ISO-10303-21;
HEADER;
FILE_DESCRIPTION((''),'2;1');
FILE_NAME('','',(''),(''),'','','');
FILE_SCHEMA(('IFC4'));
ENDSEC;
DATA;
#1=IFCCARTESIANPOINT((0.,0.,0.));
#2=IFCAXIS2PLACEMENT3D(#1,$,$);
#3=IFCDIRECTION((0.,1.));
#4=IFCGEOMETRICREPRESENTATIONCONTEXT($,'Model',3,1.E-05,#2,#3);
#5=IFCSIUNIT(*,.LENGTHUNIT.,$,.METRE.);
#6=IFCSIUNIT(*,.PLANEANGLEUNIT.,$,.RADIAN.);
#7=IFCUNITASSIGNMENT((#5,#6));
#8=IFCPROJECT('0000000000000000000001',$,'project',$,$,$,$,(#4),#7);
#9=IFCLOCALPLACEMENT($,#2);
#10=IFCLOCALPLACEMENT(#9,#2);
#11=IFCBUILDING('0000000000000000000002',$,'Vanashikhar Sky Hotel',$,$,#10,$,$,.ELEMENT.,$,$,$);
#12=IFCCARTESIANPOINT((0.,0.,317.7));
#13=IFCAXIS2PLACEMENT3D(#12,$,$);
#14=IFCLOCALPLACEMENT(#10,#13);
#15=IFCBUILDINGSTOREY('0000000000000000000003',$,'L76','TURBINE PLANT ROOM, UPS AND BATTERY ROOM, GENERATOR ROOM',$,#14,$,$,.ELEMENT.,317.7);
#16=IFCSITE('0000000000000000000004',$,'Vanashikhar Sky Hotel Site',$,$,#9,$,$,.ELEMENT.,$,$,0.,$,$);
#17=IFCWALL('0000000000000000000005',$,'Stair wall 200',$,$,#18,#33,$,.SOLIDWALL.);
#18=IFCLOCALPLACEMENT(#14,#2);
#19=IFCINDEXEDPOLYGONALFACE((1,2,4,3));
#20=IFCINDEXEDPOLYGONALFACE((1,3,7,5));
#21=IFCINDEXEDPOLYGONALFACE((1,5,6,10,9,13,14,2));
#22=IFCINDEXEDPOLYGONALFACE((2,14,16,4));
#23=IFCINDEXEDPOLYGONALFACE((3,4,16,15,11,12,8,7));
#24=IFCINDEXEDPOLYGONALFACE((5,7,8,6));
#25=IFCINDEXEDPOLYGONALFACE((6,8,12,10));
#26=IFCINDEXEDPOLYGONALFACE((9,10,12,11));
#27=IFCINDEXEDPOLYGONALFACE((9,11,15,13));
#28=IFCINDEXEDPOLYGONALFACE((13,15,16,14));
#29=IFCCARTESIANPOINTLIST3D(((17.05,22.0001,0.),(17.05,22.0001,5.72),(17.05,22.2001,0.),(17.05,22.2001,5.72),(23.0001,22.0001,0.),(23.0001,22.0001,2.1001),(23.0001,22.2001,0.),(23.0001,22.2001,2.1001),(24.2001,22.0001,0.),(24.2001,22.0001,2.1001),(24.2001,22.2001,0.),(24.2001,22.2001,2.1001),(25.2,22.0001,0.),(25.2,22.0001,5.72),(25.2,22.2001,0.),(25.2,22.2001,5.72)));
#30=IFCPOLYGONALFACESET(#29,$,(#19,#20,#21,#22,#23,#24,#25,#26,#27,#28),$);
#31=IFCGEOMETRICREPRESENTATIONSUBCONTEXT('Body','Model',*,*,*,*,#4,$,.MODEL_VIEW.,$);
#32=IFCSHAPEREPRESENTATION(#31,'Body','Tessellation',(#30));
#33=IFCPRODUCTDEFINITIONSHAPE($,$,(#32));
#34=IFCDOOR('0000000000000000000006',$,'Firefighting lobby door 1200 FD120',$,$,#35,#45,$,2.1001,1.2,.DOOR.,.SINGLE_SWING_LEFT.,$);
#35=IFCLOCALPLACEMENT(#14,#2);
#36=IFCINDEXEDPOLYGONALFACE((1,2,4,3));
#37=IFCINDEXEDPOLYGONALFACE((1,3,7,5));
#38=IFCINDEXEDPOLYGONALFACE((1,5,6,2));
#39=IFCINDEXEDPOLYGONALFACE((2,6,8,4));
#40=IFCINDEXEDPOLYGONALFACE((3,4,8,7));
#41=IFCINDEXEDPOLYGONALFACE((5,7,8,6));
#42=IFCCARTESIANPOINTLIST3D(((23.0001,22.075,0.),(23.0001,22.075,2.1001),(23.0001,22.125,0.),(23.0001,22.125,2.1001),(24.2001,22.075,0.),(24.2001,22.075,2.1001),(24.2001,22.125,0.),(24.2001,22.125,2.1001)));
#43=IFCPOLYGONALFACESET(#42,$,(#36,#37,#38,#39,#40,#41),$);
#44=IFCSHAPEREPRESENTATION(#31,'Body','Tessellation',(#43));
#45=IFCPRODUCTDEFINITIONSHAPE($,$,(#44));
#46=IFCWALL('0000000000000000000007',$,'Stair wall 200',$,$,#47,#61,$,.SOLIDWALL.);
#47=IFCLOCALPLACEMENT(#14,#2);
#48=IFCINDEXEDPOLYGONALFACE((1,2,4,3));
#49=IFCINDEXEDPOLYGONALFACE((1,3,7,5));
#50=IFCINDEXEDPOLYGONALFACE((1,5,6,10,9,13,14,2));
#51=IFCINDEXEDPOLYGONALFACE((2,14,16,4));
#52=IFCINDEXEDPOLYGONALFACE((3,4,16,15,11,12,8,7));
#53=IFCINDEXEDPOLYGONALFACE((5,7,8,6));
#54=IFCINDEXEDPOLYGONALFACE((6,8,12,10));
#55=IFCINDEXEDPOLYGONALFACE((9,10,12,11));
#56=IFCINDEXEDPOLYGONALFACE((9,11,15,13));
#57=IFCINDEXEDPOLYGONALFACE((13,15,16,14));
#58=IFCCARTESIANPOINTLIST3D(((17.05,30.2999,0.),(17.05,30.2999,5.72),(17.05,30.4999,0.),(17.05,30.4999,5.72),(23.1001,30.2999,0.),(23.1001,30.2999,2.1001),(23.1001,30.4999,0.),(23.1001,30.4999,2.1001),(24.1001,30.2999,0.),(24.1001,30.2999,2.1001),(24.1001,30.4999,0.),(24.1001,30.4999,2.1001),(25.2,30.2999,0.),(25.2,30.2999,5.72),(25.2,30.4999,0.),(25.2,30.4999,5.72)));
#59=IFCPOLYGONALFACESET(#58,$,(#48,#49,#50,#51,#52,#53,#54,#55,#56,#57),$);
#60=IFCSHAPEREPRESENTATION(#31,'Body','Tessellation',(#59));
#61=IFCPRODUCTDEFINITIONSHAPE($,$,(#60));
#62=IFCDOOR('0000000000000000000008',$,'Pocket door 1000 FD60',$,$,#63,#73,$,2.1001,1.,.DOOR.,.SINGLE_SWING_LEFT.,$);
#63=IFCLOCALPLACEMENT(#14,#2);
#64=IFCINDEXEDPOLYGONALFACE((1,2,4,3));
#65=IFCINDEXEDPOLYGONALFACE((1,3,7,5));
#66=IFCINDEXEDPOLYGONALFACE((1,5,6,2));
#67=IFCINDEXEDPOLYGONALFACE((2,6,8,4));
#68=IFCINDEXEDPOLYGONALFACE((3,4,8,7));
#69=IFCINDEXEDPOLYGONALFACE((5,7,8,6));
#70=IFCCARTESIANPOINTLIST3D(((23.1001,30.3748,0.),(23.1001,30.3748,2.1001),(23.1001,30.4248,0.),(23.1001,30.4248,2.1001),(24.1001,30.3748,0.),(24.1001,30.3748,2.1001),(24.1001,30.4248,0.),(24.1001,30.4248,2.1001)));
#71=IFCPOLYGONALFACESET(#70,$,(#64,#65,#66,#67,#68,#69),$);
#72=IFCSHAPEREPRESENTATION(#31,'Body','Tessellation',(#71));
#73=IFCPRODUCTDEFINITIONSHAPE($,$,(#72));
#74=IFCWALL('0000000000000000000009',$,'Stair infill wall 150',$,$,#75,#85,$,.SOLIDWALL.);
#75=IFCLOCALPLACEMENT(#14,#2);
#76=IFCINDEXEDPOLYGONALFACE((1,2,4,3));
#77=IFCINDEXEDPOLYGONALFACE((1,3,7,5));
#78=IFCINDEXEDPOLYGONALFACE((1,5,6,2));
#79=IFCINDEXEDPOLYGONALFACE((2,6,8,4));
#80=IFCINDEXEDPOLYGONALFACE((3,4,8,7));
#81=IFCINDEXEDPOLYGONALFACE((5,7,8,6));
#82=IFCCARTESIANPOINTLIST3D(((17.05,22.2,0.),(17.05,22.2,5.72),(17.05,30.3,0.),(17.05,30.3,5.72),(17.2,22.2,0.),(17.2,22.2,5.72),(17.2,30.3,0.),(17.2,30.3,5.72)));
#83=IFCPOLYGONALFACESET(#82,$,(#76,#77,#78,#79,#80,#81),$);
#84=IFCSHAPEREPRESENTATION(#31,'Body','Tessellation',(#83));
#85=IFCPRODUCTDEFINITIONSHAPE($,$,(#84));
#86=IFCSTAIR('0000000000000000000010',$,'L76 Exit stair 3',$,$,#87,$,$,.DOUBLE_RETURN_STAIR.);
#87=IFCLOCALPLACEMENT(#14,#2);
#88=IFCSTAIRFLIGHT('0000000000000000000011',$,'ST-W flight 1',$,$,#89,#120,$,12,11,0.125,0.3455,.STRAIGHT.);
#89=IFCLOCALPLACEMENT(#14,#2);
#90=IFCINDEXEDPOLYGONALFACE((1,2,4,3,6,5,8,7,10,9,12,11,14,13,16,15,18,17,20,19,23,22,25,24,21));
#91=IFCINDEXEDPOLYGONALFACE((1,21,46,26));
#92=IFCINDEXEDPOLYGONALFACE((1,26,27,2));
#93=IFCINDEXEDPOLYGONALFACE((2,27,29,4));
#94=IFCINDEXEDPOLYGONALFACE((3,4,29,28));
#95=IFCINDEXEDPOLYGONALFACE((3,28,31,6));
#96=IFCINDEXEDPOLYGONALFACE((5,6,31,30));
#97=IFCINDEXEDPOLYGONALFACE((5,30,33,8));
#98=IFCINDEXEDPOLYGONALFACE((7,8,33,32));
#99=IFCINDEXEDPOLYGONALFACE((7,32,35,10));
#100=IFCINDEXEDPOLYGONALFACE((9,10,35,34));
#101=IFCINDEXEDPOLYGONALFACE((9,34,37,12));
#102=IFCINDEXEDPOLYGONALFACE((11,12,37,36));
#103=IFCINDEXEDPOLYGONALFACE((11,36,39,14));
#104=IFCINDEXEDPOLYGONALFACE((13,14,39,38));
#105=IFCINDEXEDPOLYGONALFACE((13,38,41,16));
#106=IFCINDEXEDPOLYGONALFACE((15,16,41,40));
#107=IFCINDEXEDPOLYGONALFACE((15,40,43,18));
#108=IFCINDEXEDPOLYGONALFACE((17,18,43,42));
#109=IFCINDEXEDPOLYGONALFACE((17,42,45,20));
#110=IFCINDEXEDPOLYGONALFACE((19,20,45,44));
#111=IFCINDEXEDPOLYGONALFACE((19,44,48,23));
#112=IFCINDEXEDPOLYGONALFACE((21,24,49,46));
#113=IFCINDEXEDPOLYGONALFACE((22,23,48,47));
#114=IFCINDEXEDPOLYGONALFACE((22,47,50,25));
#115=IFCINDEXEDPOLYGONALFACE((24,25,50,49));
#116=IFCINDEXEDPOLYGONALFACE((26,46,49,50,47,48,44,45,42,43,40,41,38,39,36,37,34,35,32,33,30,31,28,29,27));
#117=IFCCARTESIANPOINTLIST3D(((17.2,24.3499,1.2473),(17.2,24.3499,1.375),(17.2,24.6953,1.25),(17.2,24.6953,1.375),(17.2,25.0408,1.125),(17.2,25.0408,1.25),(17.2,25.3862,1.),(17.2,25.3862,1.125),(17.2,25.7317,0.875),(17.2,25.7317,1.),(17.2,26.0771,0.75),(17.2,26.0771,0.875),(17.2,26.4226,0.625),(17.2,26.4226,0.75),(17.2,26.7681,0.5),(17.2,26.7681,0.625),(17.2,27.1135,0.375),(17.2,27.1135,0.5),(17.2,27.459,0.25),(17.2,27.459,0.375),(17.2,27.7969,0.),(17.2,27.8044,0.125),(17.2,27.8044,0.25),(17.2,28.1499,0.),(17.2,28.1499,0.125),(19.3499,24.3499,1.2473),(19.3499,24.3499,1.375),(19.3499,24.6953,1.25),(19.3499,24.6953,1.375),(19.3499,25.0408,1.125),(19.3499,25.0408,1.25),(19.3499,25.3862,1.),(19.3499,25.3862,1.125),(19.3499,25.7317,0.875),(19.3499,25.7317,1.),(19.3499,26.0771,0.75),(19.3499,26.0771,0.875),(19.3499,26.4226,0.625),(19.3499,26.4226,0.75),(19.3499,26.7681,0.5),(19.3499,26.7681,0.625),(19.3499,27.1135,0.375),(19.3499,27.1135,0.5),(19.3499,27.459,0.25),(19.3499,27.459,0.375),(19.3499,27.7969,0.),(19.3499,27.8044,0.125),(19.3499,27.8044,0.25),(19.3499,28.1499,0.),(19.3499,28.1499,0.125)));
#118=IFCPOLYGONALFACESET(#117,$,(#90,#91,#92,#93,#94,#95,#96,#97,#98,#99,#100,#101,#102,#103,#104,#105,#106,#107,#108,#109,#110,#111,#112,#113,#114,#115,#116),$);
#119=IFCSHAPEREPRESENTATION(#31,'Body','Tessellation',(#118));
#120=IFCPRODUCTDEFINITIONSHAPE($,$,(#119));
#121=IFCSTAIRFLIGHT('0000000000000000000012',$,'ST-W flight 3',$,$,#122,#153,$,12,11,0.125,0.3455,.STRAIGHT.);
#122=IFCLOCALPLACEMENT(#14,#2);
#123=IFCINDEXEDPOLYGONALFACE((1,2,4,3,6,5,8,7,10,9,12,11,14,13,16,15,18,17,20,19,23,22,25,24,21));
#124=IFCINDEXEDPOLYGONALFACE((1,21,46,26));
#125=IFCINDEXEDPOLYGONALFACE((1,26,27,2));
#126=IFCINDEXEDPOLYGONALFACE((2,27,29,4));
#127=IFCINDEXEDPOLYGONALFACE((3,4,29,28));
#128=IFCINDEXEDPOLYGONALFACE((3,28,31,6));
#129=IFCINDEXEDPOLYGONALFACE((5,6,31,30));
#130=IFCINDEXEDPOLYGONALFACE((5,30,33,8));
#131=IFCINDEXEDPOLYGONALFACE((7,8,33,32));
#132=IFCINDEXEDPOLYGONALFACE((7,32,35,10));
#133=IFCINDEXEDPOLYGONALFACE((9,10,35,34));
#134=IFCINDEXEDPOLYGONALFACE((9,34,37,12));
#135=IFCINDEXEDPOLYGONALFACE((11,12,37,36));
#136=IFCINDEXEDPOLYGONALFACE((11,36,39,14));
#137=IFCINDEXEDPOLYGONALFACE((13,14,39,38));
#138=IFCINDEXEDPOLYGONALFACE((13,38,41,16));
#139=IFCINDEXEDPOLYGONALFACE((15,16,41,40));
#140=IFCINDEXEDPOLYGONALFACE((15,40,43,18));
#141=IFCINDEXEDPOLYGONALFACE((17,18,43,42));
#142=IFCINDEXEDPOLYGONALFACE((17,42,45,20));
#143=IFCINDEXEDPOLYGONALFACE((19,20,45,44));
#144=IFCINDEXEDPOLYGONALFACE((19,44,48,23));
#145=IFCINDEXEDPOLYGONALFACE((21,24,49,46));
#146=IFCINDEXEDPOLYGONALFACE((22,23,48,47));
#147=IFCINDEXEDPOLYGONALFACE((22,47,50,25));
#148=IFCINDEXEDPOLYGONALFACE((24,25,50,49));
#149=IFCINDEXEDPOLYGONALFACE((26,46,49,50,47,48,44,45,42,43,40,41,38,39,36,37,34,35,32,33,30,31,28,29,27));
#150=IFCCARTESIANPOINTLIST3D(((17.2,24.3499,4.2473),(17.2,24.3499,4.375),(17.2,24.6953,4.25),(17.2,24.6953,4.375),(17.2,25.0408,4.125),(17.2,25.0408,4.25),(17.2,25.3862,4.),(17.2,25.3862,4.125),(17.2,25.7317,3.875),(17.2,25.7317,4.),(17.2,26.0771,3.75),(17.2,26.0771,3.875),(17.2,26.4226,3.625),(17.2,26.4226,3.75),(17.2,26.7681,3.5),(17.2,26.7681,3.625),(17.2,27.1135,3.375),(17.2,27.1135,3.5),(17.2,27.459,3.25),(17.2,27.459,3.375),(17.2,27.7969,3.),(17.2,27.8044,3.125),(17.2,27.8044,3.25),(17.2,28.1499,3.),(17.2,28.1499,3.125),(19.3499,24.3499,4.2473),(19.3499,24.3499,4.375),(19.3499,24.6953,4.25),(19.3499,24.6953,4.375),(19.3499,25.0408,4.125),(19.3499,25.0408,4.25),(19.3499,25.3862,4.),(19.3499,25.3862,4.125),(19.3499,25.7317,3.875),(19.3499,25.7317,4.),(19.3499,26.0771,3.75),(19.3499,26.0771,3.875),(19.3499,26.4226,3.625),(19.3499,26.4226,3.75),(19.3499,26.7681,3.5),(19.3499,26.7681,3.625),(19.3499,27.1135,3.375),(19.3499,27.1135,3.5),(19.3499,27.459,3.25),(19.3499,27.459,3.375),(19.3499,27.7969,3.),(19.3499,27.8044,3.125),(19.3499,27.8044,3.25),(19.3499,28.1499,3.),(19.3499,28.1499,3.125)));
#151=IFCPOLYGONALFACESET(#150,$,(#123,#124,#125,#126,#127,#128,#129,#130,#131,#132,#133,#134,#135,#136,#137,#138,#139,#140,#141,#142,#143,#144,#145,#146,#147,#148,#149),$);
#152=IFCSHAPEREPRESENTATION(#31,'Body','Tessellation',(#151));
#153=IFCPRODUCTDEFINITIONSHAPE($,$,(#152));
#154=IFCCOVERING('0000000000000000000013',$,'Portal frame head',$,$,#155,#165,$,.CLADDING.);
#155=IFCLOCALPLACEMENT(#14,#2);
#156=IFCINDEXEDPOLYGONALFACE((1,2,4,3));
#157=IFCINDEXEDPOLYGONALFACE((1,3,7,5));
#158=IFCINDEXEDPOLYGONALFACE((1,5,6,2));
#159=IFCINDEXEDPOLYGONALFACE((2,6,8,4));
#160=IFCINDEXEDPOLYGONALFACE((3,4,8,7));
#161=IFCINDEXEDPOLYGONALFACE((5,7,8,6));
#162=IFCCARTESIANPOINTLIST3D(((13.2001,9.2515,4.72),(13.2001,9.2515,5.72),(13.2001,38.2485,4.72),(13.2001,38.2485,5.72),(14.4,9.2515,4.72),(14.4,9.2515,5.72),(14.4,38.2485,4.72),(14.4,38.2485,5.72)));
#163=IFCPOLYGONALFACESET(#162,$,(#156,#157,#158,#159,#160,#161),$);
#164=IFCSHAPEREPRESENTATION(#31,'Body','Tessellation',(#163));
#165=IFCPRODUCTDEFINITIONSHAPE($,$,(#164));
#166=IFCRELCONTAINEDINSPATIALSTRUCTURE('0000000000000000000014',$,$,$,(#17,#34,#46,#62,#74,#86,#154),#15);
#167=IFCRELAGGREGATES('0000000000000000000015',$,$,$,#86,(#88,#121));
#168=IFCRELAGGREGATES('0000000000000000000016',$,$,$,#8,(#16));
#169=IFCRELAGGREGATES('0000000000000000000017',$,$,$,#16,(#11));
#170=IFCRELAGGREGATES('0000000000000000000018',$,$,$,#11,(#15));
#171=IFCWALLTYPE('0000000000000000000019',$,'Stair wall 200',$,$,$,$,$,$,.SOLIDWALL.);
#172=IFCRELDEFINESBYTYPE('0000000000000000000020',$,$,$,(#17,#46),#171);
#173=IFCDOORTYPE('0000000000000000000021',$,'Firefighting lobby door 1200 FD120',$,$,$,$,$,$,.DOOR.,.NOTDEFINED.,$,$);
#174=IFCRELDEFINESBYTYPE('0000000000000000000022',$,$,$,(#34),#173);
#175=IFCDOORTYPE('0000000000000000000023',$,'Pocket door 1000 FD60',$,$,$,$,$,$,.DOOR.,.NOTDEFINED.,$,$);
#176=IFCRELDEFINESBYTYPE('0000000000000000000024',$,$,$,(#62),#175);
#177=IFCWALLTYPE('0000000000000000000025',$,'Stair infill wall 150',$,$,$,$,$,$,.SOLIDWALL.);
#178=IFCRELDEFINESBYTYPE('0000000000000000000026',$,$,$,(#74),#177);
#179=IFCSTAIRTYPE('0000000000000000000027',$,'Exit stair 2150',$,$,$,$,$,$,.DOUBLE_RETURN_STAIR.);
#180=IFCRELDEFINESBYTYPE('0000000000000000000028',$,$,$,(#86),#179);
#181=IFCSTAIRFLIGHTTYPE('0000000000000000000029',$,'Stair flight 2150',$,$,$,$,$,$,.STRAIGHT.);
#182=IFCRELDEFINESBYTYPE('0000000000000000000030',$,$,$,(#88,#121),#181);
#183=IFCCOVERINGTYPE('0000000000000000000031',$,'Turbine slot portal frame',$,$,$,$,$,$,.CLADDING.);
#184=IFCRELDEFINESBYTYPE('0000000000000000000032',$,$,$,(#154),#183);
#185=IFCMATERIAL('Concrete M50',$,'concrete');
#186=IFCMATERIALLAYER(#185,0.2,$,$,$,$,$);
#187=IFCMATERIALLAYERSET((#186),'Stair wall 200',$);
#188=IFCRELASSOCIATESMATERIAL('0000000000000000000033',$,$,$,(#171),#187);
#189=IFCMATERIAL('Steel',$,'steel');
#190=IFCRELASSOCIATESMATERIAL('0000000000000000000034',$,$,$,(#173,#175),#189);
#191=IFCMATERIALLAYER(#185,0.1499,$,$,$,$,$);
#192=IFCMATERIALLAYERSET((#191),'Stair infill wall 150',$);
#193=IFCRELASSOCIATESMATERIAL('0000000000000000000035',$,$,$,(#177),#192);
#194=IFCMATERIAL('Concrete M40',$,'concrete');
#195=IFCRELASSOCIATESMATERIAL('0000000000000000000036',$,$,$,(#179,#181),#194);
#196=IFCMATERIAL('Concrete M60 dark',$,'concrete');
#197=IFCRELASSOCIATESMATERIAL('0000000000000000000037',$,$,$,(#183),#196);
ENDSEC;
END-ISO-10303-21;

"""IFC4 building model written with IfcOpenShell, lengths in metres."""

from ifc_helpers import new_model, si_unit, direction, frame, frame_2d, origin, origin_2d, place, context, subcontext, project, spatial, polyline, rectangle, outline, extrude, source, transform, mapped, material, layer, layer_set, type_object, element, fill, aggregate, save


model = new_model("IFC4")

# Units and contexts
model_context = context("Model", 3, precision=1e-05, world=origin(), true_north=direction((0.0, 1.0)))
body_context = subcontext(model_context, "Body", "Model", "MODEL_VIEW")
ifc_project = project(units=[si_unit("LENGTHUNIT", "METRE"), si_unit("PLANEANGLEUNIT", "RADIAN")], contexts=[model_context])

# Site, building, storey
site_placement = place(None, origin())
site = spatial("IfcSite", under=ifc_project, at=site_placement, Name="Vanashikhar Sky Hotel Site", CompositionType="ELEMENT", RefElevation=0.0)
building_placement = place(site_placement, origin())
building = spatial("IfcBuilding", under=site, at=building_placement, Name="Vanashikhar Sky Hotel", CompositionType="ELEMENT")
storey_placement = place(building_placement, frame((0.0, 0.0, 317.7)))
storey = spatial("IfcBuildingStorey", under=building, at=storey_placement, Name="L76", Description="TURBINE PLANT ROOM, UPS AND BATTERY ROOM, GENERATOR ROOM", CompositionType="ELEMENT", Elevation=317.7)

# Walls, openings, doors
ifc_material_1 = material(Name="Concrete M50", Category="concrete")
ifc_layer_1 = layer(ifc_material_1, 0.2)
ifc_layer_set_1 = layer_set([ifc_layer_1], Name="Stair wall 200")
wall_type_1 = type_object("IfcWallType", Name="Stair wall 200", PredefinedType="SOLIDWALL", material=ifc_layer_set_1)
shared_shape_1 = source(origin(), body_context, "Body", "SweptSolid", [
    extrude(rectangle(XDim=8.1499, YDim=0.2, at=frame_2d((4.075, 0.0))), origin(), (0.0, 0.0, 1.0), 5.72),
])
wall_1_placement = place(storey_placement, frame((17.05, 22.1001, 0.0), z_axis=(0.0, 0.0, 1.0), x_axis=(1.0, 0.0, 0.0)))
wall_1 = element("IfcWall", 1, at=wall_1_placement, inside=storey, type_object=wall_type_1, Name="Stair wall 200", PredefinedType="SOLIDWALL", context=body_context, shape_type="MappedRepresentation", body=[
    mapped(shared_shape_1, transform((0.0, 0.0, 0.0), scale=1.0)),
])
shared_shape_2 = source(origin(), body_context, "Body", "SweptSolid", [
    extrude(rectangle(XDim=1.2, YDim=2.1001, at=frame_2d((0.6001, 1.05))), frame((0.0, 0.1099, 0.0), z_axis=(0.0, -1.0, 0.0), x_axis=(1.0, 0.0, 0.0)), (0.0, 0.0, 1.0), 0.22),
])
opening_1_placement = place(wall_1_placement, frame((5.95, 0.0, 0.0)))
opening_1 = element("IfcOpeningElement", 2, at=opening_1_placement, cuts=wall_1, PredefinedType="OPENING", context=body_context, shape_type="MappedRepresentation", body=[
    mapped(shared_shape_2, transform((0.0, 0.0, 0.0), scale=1.0)),
])
ifc_material_2 = material(Name="Steel", Category="steel")
door_type_1 = type_object("IfcDoorType", Name="Firefighting lobby door 1200 FD120", OperationType="NOTDEFINED", PredefinedType="DOOR", material=ifc_material_2)
shared_shape_3 = source(origin(), body_context, "Body", "SweptSolid", [
    extrude(rectangle(XDim=1.2, YDim=2.1001, at=frame_2d((0.6001, 1.05))), frame((0.0, 0.0249, 0.0), z_axis=(0.0, -1.0, 0.0), x_axis=(1.0, 0.0, 0.0)), (0.0, 0.0, 1.0), 0.05),
])
door_1_placement = place(opening_1_placement, origin())
door_1 = element("IfcDoor", 3, at=door_1_placement, inside=storey, type_object=door_type_1, Name="Firefighting lobby door 1200 FD120", OperationType="SINGLE_SWING_LEFT", OverallHeight=2.1001, OverallWidth=1.2, PredefinedType="DOOR", context=body_context, shape_type="MappedRepresentation", body=[
    mapped(shared_shape_3, transform((0.0, 0.0, 0.0), scale=1.0)),
])
fill(opening_1, door_1)
wall_2_placement = place(storey_placement, frame((17.05, 30.3999, 0.0), z_axis=(0.0, 0.0, 1.0), x_axis=(1.0, 0.0, 0.0)))
wall_2 = element("IfcWall", 4, at=wall_2_placement, inside=storey, type_object=wall_type_1, Name="Stair wall 200", PredefinedType="SOLIDWALL", context=body_context, shape_type="MappedRepresentation", body=[
    mapped(shared_shape_1, transform((0.0, 0.0, 0.0), scale=1.0)),
])
shared_shape_4 = source(origin(), body_context, "Body", "SweptSolid", [
    extrude(rectangle(XDim=1.0, YDim=2.1001, at=frame_2d((0.5, 1.05))), frame((0.0, 0.1099, 0.0), z_axis=(0.0, -1.0, 0.0), x_axis=(1.0, 0.0, 0.0)), (0.0, 0.0, 1.0), 0.22),
])
opening_2_placement = place(wall_2_placement, frame((6.05, 0.0, 0.0)))
opening_2 = element("IfcOpeningElement", 5, at=opening_2_placement, cuts=wall_2, PredefinedType="OPENING", context=body_context, shape_type="MappedRepresentation", body=[
    mapped(shared_shape_4, transform((0.0, 0.0, 0.0), scale=1.0)),
])
door_type_2 = type_object("IfcDoorType", Name="Pocket door 1000 FD60", OperationType="NOTDEFINED", PredefinedType="DOOR", material=ifc_material_2)
shared_shape_5 = source(origin(), body_context, "Body", "SweptSolid", [
    extrude(rectangle(XDim=1.0, YDim=2.1001, at=frame_2d((0.5, 1.05))), frame((0.0, 0.0249, 0.0), z_axis=(0.0, -1.0, 0.0), x_axis=(1.0, 0.0, 0.0)), (0.0, 0.0, 1.0), 0.05),
])
door_2_placement = place(opening_2_placement, origin())
door_2 = element("IfcDoor", 6, at=door_2_placement, inside=storey, type_object=door_type_2, Name="Pocket door 1000 FD60", OperationType="SINGLE_SWING_LEFT", OverallHeight=2.1001, OverallWidth=1.0, PredefinedType="DOOR", context=body_context, shape_type="MappedRepresentation", body=[
    mapped(shared_shape_5, transform((0.0, 0.0, 0.0), scale=1.0)),
])
fill(opening_2, door_2)

# Wall
ifc_layer_2 = layer(ifc_material_1, 0.1499)
ifc_layer_set_2 = layer_set([ifc_layer_2], Name="Stair infill wall 150")
wall_type_2 = type_object("IfcWallType", Name="Stair infill wall 150", PredefinedType="SOLIDWALL", material=ifc_layer_set_2)
shared_shape_6 = source(origin(), body_context, "Body", "SweptSolid", [
    extrude(rectangle(XDim=8.1001, YDim=0.1499, at=frame_2d((4.05, 0.0))), origin(), (0.0, 0.0, 1.0), 5.72),
])
wall_3_placement = place(storey_placement, frame((17.125, 22.2, 0.0), z_axis=(0.0, 0.0, 1.0), x_axis=(0.0, 1.0, 0.0)))
element("IfcWall", 7, at=wall_3_placement, inside=storey, type_object=wall_type_2, Name="Stair infill wall 150", PredefinedType="SOLIDWALL", context=body_context, shape_type="MappedRepresentation", body=[
    mapped(shared_shape_6, transform((0.0, 0.0, 0.0), scale=1.0)),
])

# Stair, stair flights
ifc_material_3 = material(Name="Concrete M40", Category="concrete")
stair_type = type_object("IfcStairType", Name="Exit stair 2150", PredefinedType="DOUBLE_RETURN_STAIR", material=ifc_material_3)
stair_placement = place(storey_placement, origin())
stair = element("IfcStair", 8, at=stair_placement, inside=storey, type_object=stair_type, Name="L76 Exit stair 3", PredefinedType="DOUBLE_RETURN_STAIR")
stair_flight_type = type_object("IfcStairFlightType", Name="Stair flight 2150", PredefinedType="STRAIGHT", material=ifc_material_3)
shared_shape_7 = source(origin(), body_context, "Body", "SweptSolid", [
    extrude(outline(polyline([(0.0, 0.0), (0.0, 0.125), (0.3455, 0.125), (0.3455, 0.25), (0.6909, 0.25), (0.6909, 0.375), (1.0364, 0.375), (1.0364, 0.5), (1.3818, 0.5), (1.3818, 0.625), (1.7273, 0.625), (1.7273, 0.75), (2.0728, 0.75), (2.0728, 0.875), (2.4182, 0.875), (2.4182, 1.0), (2.7637, 1.0), (2.7637, 1.125), (3.1091, 1.125), (3.1091, 1.25), (3.4546, 1.25), (3.4546, 1.375), (3.8, 1.375), (3.8, 1.5), (3.8, 1.2473), (0.353, 0.0), (0.0, 0.0)])), frame((0.0, 1.075, 0.0), z_axis=(0.0, -1.0, 0.0), x_axis=(1.0, 0.0, 0.0)), (0.0, 0.0, 1.0), 2.1499),
])
stair_flight_1_placement = place(storey_placement, frame((18.2749, 28.1499, 0.0), z_axis=(0.0, 0.0, 1.0), x_axis=(0.0, -1.0, 0.0)))
stair_flight_1 = element("IfcStairFlight", 9, at=stair_flight_1_placement, type_object=stair_flight_type, Name="ST-W flight 1", NumberOfRisers=12, NumberOfTreads=11, PredefinedType="STRAIGHT", RiserHeight=0.125, TreadLength=0.3455, context=body_context, shape_type="MappedRepresentation", body=[
    mapped(shared_shape_7, transform((0.0, 0.0, 0.0), scale=1.0)),
])
stair_flight_2_placement = place(storey_placement, frame((18.2749, 28.1499, 3.0), z_axis=(0.0, 0.0, 1.0), x_axis=(0.0, -1.0, 0.0)))
stair_flight_2 = element("IfcStairFlight", 10, at=stair_flight_2_placement, type_object=stair_flight_type, Name="ST-W flight 3", NumberOfRisers=12, NumberOfTreads=11, PredefinedType="STRAIGHT", RiserHeight=0.125, TreadLength=0.3455, context=body_context, shape_type="MappedRepresentation", body=[
    mapped(shared_shape_7, transform((0.0, 0.0, 0.0), scale=1.0)),
])
aggregate(stair, [stair_flight_1, stair_flight_2])

# Covering
ifc_material_4 = material(Name="Concrete M60 dark", Category="concrete")
covering_type = type_object("IfcCoveringType", Name="Turbine slot portal frame", PredefinedType="CLADDING", material=ifc_material_4)
shared_shape_8 = source(origin(), body_context, "Body", "SweptSolid", [
    extrude(rectangle(XDim=28.9971, YDim=1.2, at=origin_2d()), origin(), (0.0, 0.0, 1.0), 1.0),
])
covering_1_placement = place(storey_placement, frame((13.8, 23.75, 4.72), z_axis=(0.0, 0.0, 1.0), x_axis=(0.0, -1.0, 0.0)))
element("IfcCovering", 11, at=covering_1_placement, inside=storey, type_object=covering_type, Name="Portal frame head", PredefinedType="CLADDING", context=body_context, shape_type="MappedRepresentation", body=[
    mapped(shared_shape_8, transform((0.0, 0.0, 0.0), scale=1.0)),
])

save(model, "model.ifc")
